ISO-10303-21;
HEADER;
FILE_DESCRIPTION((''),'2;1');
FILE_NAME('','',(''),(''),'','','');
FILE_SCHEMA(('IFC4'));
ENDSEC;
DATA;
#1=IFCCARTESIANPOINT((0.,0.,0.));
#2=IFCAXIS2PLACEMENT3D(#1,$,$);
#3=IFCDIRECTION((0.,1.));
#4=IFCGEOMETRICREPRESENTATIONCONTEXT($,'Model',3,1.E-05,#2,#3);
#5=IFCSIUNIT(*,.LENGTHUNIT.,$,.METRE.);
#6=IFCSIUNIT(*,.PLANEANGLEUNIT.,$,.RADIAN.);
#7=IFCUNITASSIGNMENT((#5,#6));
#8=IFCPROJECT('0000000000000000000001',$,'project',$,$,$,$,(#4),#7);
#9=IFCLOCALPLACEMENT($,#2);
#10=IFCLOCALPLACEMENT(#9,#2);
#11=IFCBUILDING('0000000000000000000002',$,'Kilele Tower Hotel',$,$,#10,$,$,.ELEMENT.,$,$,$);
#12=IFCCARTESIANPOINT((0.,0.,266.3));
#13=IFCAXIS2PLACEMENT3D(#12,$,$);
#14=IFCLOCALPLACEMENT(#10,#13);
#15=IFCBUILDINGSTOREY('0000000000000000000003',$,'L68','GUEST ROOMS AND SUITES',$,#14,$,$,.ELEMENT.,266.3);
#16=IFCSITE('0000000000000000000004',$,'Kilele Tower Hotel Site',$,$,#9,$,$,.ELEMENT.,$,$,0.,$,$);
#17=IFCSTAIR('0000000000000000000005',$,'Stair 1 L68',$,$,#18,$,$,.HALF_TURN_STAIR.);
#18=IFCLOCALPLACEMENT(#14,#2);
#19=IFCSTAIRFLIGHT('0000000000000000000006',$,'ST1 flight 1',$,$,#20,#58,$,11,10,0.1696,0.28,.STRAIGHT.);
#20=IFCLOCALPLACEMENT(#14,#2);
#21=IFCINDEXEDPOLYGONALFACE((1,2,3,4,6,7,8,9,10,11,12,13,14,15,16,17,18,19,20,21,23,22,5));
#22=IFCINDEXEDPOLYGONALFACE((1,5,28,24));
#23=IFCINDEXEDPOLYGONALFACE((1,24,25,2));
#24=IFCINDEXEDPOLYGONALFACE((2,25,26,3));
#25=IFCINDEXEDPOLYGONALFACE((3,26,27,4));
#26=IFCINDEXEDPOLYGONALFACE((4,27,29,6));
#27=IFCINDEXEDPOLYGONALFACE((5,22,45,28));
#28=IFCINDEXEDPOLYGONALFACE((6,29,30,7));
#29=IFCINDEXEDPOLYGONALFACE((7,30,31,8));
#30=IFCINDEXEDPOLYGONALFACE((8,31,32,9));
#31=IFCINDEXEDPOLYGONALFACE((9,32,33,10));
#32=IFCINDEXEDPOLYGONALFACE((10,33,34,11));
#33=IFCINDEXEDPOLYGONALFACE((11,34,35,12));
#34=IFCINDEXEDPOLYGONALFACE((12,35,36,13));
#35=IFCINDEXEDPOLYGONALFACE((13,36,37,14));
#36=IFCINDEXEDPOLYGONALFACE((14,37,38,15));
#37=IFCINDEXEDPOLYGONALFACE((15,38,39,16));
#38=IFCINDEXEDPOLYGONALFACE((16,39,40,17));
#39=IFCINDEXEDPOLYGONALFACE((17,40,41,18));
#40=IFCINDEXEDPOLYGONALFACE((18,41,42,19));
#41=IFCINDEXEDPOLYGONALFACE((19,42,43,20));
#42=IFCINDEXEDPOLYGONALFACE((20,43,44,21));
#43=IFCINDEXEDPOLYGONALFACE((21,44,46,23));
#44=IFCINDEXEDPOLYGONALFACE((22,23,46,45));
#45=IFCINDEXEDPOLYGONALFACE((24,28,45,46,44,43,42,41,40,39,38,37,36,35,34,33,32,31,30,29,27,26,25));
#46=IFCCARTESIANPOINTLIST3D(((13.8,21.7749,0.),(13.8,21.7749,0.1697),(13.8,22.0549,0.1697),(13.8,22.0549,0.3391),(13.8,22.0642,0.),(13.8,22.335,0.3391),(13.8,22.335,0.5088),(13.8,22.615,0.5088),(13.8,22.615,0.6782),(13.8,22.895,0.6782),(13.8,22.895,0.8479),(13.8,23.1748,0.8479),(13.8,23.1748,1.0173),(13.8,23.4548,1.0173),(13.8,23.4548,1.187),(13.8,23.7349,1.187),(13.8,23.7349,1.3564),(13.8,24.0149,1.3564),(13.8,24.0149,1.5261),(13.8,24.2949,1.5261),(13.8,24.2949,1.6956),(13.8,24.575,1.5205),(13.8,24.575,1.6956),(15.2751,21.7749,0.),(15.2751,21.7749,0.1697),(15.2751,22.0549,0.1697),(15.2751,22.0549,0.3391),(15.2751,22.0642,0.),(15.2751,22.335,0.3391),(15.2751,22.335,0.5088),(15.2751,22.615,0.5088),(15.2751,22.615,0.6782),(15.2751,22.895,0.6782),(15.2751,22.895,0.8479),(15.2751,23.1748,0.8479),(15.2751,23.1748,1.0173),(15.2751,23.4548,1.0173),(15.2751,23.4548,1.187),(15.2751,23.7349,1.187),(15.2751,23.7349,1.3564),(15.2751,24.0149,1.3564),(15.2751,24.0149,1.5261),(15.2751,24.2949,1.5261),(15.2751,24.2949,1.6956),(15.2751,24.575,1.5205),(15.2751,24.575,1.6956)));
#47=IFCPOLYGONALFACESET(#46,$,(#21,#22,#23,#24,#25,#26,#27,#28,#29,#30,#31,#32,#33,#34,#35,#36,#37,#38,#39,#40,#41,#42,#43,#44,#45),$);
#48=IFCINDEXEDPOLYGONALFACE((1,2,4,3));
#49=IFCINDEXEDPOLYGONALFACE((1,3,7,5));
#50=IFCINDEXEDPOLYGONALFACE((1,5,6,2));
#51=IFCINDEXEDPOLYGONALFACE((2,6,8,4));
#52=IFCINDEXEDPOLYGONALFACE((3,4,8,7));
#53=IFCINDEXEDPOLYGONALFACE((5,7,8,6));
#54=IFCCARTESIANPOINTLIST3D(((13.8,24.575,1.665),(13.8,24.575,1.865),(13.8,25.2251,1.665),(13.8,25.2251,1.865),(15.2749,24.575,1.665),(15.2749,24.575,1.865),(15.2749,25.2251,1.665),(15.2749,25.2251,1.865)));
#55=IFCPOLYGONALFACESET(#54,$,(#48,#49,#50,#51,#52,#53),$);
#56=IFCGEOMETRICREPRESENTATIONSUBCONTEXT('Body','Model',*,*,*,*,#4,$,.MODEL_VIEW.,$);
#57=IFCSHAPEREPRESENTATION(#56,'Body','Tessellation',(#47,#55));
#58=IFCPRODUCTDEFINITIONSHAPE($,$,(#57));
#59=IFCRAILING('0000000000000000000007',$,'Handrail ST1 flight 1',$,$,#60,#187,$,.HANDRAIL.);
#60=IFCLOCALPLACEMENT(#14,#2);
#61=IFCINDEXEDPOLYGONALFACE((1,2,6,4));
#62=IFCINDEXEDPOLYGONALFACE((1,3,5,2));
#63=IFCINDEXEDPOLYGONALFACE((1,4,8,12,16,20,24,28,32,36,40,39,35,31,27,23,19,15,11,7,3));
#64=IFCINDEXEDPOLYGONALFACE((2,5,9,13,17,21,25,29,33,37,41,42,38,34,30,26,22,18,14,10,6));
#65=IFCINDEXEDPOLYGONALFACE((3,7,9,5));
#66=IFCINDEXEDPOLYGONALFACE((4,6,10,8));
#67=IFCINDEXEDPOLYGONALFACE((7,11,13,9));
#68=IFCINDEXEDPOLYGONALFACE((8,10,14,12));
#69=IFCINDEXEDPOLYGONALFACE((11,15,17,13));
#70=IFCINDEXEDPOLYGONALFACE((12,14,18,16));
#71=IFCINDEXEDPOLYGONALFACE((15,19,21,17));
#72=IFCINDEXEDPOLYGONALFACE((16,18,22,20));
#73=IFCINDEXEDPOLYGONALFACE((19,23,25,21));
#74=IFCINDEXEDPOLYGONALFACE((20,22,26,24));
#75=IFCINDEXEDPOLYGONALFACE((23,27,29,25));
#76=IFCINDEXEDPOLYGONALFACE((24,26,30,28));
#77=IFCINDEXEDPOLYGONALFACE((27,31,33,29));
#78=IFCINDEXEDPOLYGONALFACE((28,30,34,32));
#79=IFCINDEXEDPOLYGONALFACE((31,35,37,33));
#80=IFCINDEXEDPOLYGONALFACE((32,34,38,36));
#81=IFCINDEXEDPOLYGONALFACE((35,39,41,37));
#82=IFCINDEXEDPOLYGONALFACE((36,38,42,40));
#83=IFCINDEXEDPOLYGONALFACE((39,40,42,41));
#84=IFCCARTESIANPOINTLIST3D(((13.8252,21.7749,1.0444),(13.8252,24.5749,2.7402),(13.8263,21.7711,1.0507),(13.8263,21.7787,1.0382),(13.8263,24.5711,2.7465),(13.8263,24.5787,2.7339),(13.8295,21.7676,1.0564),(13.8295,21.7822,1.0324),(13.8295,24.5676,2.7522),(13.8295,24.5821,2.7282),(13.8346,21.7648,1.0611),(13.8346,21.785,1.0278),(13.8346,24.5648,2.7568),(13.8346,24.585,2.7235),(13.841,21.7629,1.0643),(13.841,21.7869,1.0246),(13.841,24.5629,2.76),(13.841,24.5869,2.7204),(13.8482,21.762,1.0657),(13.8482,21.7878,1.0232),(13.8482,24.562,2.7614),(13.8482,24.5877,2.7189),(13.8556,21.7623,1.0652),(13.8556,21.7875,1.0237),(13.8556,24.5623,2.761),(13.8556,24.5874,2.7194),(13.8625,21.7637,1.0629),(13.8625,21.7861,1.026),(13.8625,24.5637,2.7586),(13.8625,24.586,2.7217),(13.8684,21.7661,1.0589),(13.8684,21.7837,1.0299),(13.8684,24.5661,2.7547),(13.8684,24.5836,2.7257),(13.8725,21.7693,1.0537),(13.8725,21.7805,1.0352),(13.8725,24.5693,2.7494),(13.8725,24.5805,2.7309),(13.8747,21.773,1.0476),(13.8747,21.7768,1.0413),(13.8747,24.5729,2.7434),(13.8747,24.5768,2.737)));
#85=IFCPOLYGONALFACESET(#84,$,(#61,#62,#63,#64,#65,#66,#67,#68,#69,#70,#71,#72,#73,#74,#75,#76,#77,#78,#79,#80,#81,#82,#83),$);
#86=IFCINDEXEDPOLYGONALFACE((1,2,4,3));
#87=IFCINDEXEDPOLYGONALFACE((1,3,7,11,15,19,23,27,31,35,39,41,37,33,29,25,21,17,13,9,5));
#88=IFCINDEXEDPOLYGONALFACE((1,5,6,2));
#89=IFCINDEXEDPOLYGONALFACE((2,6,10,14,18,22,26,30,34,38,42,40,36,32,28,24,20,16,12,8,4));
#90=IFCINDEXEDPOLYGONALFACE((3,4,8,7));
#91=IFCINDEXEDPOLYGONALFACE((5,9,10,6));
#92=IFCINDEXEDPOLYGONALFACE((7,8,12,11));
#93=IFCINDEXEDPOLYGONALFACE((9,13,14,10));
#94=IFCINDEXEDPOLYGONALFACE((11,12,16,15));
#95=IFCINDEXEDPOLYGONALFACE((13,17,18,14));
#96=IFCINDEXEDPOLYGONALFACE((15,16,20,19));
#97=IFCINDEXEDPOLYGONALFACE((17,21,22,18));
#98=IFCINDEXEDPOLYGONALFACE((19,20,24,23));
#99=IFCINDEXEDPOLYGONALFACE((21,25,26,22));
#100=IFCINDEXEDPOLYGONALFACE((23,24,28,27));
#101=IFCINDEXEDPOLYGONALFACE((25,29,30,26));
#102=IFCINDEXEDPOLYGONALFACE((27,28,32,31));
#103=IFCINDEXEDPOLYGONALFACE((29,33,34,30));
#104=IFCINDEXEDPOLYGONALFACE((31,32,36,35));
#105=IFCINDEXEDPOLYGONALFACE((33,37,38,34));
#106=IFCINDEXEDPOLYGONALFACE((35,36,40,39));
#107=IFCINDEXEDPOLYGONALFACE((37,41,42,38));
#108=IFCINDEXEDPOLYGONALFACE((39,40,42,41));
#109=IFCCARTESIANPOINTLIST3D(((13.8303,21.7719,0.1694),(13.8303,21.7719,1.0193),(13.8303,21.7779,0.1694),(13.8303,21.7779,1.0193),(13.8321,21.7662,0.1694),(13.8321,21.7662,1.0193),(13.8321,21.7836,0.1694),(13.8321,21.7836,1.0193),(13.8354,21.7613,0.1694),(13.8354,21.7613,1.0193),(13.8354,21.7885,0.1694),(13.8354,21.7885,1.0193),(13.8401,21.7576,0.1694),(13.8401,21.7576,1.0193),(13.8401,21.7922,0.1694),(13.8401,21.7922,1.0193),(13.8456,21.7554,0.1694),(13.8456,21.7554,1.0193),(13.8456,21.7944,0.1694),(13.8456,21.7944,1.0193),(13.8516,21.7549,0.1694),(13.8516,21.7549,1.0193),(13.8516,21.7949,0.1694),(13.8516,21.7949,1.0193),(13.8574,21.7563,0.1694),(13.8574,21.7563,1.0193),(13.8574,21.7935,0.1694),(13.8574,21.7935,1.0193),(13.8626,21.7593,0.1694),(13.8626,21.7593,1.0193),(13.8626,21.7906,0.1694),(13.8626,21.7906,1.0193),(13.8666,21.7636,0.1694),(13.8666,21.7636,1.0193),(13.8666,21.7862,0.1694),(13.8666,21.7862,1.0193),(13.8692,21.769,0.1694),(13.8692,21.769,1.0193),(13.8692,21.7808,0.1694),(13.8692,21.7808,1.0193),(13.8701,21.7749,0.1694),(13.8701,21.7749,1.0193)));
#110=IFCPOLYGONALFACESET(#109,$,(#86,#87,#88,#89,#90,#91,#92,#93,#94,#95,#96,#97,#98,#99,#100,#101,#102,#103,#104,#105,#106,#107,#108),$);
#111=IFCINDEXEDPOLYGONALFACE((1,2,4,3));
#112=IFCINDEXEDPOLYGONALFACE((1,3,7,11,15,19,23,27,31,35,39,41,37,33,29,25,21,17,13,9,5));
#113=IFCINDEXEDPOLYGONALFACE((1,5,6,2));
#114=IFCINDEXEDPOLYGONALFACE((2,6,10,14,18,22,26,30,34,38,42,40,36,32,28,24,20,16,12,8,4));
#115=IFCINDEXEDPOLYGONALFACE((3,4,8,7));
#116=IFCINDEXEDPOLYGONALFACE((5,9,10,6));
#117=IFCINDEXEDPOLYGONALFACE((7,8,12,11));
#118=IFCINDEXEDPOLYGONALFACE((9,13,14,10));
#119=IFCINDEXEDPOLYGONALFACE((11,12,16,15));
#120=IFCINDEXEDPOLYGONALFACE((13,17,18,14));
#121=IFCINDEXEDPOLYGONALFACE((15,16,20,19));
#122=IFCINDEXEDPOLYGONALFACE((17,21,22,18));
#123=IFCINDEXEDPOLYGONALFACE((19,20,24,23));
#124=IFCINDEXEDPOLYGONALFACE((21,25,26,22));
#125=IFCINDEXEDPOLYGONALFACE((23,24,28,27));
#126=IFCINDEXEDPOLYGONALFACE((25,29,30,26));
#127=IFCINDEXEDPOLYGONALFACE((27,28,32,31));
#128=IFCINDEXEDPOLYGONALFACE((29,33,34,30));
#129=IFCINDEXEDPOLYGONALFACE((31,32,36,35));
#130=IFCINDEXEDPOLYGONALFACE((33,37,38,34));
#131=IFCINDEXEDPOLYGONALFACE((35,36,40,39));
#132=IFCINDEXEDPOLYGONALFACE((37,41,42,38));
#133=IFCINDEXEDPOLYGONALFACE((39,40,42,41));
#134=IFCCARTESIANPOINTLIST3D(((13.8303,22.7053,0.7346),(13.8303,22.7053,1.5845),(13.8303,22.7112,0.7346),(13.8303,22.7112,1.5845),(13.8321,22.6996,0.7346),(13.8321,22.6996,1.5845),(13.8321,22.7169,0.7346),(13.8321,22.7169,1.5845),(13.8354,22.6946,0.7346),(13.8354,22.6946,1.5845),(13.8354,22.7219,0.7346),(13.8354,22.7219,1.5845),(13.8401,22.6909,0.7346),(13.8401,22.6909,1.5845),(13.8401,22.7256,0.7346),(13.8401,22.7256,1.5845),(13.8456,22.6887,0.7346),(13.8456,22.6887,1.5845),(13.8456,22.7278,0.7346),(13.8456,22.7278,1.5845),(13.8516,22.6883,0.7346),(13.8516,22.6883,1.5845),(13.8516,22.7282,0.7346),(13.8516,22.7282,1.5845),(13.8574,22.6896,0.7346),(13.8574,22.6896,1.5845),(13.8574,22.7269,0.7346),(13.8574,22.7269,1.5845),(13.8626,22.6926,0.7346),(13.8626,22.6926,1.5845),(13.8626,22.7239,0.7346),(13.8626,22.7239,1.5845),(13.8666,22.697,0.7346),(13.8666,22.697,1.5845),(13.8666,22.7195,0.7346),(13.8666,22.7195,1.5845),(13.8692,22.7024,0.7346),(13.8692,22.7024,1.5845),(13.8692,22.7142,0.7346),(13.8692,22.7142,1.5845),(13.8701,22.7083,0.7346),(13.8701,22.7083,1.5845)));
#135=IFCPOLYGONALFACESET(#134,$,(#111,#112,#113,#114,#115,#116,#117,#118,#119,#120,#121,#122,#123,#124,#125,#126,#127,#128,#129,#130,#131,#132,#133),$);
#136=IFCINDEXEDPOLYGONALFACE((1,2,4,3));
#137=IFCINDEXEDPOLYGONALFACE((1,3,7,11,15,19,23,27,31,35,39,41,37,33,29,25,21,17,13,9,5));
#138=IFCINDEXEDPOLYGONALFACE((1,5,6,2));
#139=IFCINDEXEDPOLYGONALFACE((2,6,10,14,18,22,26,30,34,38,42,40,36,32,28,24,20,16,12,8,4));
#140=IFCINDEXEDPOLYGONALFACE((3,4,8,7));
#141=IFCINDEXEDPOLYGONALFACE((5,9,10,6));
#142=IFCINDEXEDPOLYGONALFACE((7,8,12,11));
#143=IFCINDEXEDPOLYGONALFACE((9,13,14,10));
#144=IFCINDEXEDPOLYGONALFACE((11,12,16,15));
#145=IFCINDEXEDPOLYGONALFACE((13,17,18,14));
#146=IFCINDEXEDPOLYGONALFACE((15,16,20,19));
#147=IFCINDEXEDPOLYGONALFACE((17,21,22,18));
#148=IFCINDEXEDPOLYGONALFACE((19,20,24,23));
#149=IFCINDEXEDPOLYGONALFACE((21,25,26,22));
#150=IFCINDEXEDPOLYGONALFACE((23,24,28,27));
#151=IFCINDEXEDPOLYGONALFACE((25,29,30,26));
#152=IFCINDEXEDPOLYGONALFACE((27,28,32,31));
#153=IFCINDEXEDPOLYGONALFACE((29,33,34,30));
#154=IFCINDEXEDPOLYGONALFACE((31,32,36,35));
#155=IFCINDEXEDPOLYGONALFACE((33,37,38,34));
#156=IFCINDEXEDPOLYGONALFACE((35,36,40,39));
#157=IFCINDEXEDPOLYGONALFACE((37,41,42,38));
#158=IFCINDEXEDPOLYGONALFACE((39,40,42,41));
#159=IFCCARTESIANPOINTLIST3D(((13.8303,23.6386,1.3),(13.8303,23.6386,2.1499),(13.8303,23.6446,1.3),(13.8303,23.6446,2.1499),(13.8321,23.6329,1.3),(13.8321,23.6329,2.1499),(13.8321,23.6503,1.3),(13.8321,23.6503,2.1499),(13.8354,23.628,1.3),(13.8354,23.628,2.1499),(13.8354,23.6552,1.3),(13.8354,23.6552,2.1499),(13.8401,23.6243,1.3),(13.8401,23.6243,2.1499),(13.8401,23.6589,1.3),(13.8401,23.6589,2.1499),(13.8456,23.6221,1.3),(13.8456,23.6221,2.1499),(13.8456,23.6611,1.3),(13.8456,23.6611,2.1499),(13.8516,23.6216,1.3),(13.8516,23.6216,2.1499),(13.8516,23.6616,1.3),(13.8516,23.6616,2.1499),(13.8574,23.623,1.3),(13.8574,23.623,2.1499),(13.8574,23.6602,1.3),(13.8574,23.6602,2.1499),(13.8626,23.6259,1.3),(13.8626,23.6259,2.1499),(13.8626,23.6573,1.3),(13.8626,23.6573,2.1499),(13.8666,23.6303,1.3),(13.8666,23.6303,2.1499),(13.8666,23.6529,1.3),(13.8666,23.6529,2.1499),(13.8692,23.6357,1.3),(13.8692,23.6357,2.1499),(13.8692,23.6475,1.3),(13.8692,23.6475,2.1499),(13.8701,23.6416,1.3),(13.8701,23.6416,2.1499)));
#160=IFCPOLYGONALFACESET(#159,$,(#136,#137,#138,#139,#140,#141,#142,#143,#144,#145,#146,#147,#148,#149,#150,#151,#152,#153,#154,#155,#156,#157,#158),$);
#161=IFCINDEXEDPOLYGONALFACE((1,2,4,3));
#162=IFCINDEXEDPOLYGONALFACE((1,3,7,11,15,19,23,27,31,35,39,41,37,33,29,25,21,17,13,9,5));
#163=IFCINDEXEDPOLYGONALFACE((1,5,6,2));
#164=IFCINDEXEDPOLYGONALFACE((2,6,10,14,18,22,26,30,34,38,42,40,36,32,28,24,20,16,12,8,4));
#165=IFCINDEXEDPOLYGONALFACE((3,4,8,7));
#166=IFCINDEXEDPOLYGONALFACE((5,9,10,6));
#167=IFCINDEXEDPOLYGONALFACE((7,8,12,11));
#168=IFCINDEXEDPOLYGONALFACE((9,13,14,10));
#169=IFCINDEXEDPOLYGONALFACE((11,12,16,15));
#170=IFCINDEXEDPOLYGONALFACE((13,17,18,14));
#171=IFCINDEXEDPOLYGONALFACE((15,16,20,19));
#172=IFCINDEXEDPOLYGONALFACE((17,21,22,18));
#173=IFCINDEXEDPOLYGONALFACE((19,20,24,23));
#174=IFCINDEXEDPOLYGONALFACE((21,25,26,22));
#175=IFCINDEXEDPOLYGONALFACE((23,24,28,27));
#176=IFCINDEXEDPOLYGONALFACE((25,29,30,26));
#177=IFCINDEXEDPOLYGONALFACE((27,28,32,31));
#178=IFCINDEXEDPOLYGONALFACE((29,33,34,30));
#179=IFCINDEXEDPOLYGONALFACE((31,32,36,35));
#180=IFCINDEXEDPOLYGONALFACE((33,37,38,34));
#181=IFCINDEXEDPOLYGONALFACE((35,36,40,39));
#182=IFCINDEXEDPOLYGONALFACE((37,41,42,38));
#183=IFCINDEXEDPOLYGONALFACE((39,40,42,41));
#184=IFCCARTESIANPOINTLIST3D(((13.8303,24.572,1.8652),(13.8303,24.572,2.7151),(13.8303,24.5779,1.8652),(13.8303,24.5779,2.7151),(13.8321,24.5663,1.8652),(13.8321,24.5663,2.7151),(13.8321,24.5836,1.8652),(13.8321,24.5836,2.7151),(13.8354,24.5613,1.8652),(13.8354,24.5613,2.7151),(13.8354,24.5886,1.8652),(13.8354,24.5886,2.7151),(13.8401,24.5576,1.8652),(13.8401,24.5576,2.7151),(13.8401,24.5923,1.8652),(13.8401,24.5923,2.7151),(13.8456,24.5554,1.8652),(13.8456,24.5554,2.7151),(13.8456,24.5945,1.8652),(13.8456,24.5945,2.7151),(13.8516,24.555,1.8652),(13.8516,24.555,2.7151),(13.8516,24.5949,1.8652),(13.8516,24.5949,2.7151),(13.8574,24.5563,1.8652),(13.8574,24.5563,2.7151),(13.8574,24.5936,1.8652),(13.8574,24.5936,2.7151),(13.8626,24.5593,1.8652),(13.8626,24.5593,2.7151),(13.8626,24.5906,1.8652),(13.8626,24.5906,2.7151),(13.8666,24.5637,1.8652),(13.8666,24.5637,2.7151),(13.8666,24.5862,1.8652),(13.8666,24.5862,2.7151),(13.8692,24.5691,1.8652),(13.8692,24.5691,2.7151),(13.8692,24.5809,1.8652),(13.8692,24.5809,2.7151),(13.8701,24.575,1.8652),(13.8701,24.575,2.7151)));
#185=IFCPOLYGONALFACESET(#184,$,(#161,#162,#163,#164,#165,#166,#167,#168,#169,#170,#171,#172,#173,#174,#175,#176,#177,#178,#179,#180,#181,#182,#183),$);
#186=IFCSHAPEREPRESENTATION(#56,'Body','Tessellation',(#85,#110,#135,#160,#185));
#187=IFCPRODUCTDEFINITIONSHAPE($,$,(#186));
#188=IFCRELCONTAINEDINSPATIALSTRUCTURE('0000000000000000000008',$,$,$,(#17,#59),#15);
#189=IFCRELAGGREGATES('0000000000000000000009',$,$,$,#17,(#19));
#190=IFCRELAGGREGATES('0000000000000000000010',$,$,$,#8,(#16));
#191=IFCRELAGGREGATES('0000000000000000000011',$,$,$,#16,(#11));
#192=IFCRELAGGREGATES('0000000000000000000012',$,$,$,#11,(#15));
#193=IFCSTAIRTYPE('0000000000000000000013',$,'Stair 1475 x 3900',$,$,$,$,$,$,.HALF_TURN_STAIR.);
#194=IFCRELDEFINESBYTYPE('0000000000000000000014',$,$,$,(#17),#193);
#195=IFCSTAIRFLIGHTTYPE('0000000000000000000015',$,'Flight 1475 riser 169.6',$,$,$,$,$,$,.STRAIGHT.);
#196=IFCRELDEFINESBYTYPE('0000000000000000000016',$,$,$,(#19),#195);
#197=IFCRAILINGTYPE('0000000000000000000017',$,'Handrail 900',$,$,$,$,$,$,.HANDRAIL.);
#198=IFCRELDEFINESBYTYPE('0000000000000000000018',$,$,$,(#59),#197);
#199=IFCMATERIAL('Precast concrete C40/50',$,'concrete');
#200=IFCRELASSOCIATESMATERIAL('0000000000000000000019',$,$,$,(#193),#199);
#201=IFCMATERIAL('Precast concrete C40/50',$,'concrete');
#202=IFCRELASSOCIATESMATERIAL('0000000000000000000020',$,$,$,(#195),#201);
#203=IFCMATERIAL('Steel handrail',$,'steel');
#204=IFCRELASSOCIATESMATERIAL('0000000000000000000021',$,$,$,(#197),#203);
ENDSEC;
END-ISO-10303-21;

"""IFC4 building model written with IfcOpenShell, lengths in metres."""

from ifc_helpers import new_model, si_unit, direction, frame, origin, origin_2d, place, context, subcontext, project, spatial, polyline, circle, outline, extrude, material, type_object, element, aggregate, save


model = new_model("IFC4")

# Units and contexts
model_context = context("Model", 3, precision=1e-05, world=origin(), true_north=direction((0.0, 1.0)))
body_context = subcontext(model_context, "Body", "Model", "MODEL_VIEW")
ifc_project = project(units=[si_unit("LENGTHUNIT", "METRE"), si_unit("PLANEANGLEUNIT", "RADIAN")], contexts=[model_context])

# Site, building, storey
site_placement = place(None, origin())
site = spatial("IfcSite", under=ifc_project, at=site_placement, Name="Kilele Tower Hotel Site", CompositionType="ELEMENT", RefElevation=0.0)
building_placement = place(site_placement, origin())
building = spatial("IfcBuilding", under=site, at=building_placement, Name="Kilele Tower Hotel", CompositionType="ELEMENT")
storey_placement = place(building_placement, frame((0.0, 0.0, 266.3)))
storey = spatial("IfcBuildingStorey", under=building, at=storey_placement, Name="L68", Description="GUEST ROOMS AND SUITES", CompositionType="ELEMENT", Elevation=266.3)

# Stair, stair flight
ifc_material_1 = material(Name="Precast concrete C40/50", Category="concrete")
stair_type = type_object("IfcStairType", Name="Stair 1475 x 3900", PredefinedType="HALF_TURN_STAIR", material=ifc_material_1)
stair_placement = place(storey_placement, origin())
stair = element("IfcStair", 1, at=stair_placement, inside=storey, type_object=stair_type, Name="Stair 1 L68", PredefinedType="HALF_TURN_STAIR")
ifc_material_2 = material(Name="Precast concrete C40/50", Category="concrete")
stair_flight_type = type_object("IfcStairFlightType", Name="Flight 1475 riser 169.6", PredefinedType="STRAIGHT", material=ifc_material_2)
stair_flight_placement = place(storey_placement, frame((14.5376, 21.7749, 0.0), z_axis=(0.0, 0.0, 1.0), x_axis=(0.0, 1.0, 0.0)))
stair_flight = element("IfcStairFlight", 2, at=stair_flight_placement, type_object=stair_flight_type, Name="ST1 flight 1", NumberOfRisers=11, NumberOfTreads=10, PredefinedType="STRAIGHT", RiserHeight=0.1696, TreadLength=0.28, context=body_context, shape_type="SweptSolid", body=[
    extrude(outline(polyline([(0.0, 0.0), (0.0, 0.1697), (0.28, 0.1697), (0.28, 0.3391), (0.5601, 0.3391), (0.5601, 0.5088), (0.8401, 0.5088), (0.8401, 0.6782), (1.1201, 0.6782), (1.1201, 0.8479), (1.3999, 0.8479), (1.3999, 1.0173), (1.6799, 1.0173), (1.6799, 1.187), (1.96, 1.187), (1.96, 1.3564), (2.24, 1.3564), (2.24, 1.5261), (2.52, 1.5261), (2.52, 1.6956), (2.8, 1.6956), (2.8, 1.8652), (2.8, 1.5205), (0.2893, 0.0), (0.0, 0.0)])), frame((0.0, 0.7375, 0.0), z_axis=(0.0, -1.0, 0.0), x_axis=(1.0, 0.0, 0.0)), (0.0, 0.0, 1.0), 1.4751),
    extrude(outline(polyline([(2.8, 0.7375), (2.8, -0.7373), (3.4502, -0.7373), (3.4502, 0.7375), (2.8, 0.7375)])), frame((0.0, 0.0, 1.665)), (0.0, 0.0, 1.0), 0.2),
])
aggregate(stair, [stair_flight])

# Railing
ifc_material_3 = material(Name="Steel handrail", Category="steel")
railing_type_1 = type_object("IfcRailingType", Name="Handrail 900", PredefinedType="HANDRAIL", material=ifc_material_3)
railing_1_placement = place(storey_placement, frame((13.8501, 21.7749, 0.1694)))
element("IfcRailing", 3, at=railing_1_placement, inside=storey, type_object=railing_type_1, Name="Handrail ST1 flight 1", PredefinedType="HANDRAIL", context=body_context, shape_type="SweptSolid", body=[
    extrude(circle(Radius=0.0249, at=origin_2d()), frame((0.0, 0.0, 0.875), z_axis=(0.0, 0.85536, 0.518034), x_axis=(-1.0, 0.0, 0.0)), (0.0, 0.0, 1.0), 3.2734),
    extrude(circle(Radius=0.02, at=origin_2d()), origin(), (0.0, 0.0, 1.0), 0.8499),
    extrude(circle(Radius=0.02, at=origin_2d()), frame((0.0, 0.9333, 0.5652)), (0.0, 0.0, 1.0), 0.8499),
    extrude(circle(Radius=0.02, at=origin_2d()), frame((0.0, 1.8667, 1.1306)), (0.0, 0.0, 1.0), 0.8499),
    extrude(circle(Radius=0.02, at=origin_2d()), frame((0.0, 2.8, 1.6958)), (0.0, 0.0, 1.0), 0.8499),
])

save(model, "model.ifc")
